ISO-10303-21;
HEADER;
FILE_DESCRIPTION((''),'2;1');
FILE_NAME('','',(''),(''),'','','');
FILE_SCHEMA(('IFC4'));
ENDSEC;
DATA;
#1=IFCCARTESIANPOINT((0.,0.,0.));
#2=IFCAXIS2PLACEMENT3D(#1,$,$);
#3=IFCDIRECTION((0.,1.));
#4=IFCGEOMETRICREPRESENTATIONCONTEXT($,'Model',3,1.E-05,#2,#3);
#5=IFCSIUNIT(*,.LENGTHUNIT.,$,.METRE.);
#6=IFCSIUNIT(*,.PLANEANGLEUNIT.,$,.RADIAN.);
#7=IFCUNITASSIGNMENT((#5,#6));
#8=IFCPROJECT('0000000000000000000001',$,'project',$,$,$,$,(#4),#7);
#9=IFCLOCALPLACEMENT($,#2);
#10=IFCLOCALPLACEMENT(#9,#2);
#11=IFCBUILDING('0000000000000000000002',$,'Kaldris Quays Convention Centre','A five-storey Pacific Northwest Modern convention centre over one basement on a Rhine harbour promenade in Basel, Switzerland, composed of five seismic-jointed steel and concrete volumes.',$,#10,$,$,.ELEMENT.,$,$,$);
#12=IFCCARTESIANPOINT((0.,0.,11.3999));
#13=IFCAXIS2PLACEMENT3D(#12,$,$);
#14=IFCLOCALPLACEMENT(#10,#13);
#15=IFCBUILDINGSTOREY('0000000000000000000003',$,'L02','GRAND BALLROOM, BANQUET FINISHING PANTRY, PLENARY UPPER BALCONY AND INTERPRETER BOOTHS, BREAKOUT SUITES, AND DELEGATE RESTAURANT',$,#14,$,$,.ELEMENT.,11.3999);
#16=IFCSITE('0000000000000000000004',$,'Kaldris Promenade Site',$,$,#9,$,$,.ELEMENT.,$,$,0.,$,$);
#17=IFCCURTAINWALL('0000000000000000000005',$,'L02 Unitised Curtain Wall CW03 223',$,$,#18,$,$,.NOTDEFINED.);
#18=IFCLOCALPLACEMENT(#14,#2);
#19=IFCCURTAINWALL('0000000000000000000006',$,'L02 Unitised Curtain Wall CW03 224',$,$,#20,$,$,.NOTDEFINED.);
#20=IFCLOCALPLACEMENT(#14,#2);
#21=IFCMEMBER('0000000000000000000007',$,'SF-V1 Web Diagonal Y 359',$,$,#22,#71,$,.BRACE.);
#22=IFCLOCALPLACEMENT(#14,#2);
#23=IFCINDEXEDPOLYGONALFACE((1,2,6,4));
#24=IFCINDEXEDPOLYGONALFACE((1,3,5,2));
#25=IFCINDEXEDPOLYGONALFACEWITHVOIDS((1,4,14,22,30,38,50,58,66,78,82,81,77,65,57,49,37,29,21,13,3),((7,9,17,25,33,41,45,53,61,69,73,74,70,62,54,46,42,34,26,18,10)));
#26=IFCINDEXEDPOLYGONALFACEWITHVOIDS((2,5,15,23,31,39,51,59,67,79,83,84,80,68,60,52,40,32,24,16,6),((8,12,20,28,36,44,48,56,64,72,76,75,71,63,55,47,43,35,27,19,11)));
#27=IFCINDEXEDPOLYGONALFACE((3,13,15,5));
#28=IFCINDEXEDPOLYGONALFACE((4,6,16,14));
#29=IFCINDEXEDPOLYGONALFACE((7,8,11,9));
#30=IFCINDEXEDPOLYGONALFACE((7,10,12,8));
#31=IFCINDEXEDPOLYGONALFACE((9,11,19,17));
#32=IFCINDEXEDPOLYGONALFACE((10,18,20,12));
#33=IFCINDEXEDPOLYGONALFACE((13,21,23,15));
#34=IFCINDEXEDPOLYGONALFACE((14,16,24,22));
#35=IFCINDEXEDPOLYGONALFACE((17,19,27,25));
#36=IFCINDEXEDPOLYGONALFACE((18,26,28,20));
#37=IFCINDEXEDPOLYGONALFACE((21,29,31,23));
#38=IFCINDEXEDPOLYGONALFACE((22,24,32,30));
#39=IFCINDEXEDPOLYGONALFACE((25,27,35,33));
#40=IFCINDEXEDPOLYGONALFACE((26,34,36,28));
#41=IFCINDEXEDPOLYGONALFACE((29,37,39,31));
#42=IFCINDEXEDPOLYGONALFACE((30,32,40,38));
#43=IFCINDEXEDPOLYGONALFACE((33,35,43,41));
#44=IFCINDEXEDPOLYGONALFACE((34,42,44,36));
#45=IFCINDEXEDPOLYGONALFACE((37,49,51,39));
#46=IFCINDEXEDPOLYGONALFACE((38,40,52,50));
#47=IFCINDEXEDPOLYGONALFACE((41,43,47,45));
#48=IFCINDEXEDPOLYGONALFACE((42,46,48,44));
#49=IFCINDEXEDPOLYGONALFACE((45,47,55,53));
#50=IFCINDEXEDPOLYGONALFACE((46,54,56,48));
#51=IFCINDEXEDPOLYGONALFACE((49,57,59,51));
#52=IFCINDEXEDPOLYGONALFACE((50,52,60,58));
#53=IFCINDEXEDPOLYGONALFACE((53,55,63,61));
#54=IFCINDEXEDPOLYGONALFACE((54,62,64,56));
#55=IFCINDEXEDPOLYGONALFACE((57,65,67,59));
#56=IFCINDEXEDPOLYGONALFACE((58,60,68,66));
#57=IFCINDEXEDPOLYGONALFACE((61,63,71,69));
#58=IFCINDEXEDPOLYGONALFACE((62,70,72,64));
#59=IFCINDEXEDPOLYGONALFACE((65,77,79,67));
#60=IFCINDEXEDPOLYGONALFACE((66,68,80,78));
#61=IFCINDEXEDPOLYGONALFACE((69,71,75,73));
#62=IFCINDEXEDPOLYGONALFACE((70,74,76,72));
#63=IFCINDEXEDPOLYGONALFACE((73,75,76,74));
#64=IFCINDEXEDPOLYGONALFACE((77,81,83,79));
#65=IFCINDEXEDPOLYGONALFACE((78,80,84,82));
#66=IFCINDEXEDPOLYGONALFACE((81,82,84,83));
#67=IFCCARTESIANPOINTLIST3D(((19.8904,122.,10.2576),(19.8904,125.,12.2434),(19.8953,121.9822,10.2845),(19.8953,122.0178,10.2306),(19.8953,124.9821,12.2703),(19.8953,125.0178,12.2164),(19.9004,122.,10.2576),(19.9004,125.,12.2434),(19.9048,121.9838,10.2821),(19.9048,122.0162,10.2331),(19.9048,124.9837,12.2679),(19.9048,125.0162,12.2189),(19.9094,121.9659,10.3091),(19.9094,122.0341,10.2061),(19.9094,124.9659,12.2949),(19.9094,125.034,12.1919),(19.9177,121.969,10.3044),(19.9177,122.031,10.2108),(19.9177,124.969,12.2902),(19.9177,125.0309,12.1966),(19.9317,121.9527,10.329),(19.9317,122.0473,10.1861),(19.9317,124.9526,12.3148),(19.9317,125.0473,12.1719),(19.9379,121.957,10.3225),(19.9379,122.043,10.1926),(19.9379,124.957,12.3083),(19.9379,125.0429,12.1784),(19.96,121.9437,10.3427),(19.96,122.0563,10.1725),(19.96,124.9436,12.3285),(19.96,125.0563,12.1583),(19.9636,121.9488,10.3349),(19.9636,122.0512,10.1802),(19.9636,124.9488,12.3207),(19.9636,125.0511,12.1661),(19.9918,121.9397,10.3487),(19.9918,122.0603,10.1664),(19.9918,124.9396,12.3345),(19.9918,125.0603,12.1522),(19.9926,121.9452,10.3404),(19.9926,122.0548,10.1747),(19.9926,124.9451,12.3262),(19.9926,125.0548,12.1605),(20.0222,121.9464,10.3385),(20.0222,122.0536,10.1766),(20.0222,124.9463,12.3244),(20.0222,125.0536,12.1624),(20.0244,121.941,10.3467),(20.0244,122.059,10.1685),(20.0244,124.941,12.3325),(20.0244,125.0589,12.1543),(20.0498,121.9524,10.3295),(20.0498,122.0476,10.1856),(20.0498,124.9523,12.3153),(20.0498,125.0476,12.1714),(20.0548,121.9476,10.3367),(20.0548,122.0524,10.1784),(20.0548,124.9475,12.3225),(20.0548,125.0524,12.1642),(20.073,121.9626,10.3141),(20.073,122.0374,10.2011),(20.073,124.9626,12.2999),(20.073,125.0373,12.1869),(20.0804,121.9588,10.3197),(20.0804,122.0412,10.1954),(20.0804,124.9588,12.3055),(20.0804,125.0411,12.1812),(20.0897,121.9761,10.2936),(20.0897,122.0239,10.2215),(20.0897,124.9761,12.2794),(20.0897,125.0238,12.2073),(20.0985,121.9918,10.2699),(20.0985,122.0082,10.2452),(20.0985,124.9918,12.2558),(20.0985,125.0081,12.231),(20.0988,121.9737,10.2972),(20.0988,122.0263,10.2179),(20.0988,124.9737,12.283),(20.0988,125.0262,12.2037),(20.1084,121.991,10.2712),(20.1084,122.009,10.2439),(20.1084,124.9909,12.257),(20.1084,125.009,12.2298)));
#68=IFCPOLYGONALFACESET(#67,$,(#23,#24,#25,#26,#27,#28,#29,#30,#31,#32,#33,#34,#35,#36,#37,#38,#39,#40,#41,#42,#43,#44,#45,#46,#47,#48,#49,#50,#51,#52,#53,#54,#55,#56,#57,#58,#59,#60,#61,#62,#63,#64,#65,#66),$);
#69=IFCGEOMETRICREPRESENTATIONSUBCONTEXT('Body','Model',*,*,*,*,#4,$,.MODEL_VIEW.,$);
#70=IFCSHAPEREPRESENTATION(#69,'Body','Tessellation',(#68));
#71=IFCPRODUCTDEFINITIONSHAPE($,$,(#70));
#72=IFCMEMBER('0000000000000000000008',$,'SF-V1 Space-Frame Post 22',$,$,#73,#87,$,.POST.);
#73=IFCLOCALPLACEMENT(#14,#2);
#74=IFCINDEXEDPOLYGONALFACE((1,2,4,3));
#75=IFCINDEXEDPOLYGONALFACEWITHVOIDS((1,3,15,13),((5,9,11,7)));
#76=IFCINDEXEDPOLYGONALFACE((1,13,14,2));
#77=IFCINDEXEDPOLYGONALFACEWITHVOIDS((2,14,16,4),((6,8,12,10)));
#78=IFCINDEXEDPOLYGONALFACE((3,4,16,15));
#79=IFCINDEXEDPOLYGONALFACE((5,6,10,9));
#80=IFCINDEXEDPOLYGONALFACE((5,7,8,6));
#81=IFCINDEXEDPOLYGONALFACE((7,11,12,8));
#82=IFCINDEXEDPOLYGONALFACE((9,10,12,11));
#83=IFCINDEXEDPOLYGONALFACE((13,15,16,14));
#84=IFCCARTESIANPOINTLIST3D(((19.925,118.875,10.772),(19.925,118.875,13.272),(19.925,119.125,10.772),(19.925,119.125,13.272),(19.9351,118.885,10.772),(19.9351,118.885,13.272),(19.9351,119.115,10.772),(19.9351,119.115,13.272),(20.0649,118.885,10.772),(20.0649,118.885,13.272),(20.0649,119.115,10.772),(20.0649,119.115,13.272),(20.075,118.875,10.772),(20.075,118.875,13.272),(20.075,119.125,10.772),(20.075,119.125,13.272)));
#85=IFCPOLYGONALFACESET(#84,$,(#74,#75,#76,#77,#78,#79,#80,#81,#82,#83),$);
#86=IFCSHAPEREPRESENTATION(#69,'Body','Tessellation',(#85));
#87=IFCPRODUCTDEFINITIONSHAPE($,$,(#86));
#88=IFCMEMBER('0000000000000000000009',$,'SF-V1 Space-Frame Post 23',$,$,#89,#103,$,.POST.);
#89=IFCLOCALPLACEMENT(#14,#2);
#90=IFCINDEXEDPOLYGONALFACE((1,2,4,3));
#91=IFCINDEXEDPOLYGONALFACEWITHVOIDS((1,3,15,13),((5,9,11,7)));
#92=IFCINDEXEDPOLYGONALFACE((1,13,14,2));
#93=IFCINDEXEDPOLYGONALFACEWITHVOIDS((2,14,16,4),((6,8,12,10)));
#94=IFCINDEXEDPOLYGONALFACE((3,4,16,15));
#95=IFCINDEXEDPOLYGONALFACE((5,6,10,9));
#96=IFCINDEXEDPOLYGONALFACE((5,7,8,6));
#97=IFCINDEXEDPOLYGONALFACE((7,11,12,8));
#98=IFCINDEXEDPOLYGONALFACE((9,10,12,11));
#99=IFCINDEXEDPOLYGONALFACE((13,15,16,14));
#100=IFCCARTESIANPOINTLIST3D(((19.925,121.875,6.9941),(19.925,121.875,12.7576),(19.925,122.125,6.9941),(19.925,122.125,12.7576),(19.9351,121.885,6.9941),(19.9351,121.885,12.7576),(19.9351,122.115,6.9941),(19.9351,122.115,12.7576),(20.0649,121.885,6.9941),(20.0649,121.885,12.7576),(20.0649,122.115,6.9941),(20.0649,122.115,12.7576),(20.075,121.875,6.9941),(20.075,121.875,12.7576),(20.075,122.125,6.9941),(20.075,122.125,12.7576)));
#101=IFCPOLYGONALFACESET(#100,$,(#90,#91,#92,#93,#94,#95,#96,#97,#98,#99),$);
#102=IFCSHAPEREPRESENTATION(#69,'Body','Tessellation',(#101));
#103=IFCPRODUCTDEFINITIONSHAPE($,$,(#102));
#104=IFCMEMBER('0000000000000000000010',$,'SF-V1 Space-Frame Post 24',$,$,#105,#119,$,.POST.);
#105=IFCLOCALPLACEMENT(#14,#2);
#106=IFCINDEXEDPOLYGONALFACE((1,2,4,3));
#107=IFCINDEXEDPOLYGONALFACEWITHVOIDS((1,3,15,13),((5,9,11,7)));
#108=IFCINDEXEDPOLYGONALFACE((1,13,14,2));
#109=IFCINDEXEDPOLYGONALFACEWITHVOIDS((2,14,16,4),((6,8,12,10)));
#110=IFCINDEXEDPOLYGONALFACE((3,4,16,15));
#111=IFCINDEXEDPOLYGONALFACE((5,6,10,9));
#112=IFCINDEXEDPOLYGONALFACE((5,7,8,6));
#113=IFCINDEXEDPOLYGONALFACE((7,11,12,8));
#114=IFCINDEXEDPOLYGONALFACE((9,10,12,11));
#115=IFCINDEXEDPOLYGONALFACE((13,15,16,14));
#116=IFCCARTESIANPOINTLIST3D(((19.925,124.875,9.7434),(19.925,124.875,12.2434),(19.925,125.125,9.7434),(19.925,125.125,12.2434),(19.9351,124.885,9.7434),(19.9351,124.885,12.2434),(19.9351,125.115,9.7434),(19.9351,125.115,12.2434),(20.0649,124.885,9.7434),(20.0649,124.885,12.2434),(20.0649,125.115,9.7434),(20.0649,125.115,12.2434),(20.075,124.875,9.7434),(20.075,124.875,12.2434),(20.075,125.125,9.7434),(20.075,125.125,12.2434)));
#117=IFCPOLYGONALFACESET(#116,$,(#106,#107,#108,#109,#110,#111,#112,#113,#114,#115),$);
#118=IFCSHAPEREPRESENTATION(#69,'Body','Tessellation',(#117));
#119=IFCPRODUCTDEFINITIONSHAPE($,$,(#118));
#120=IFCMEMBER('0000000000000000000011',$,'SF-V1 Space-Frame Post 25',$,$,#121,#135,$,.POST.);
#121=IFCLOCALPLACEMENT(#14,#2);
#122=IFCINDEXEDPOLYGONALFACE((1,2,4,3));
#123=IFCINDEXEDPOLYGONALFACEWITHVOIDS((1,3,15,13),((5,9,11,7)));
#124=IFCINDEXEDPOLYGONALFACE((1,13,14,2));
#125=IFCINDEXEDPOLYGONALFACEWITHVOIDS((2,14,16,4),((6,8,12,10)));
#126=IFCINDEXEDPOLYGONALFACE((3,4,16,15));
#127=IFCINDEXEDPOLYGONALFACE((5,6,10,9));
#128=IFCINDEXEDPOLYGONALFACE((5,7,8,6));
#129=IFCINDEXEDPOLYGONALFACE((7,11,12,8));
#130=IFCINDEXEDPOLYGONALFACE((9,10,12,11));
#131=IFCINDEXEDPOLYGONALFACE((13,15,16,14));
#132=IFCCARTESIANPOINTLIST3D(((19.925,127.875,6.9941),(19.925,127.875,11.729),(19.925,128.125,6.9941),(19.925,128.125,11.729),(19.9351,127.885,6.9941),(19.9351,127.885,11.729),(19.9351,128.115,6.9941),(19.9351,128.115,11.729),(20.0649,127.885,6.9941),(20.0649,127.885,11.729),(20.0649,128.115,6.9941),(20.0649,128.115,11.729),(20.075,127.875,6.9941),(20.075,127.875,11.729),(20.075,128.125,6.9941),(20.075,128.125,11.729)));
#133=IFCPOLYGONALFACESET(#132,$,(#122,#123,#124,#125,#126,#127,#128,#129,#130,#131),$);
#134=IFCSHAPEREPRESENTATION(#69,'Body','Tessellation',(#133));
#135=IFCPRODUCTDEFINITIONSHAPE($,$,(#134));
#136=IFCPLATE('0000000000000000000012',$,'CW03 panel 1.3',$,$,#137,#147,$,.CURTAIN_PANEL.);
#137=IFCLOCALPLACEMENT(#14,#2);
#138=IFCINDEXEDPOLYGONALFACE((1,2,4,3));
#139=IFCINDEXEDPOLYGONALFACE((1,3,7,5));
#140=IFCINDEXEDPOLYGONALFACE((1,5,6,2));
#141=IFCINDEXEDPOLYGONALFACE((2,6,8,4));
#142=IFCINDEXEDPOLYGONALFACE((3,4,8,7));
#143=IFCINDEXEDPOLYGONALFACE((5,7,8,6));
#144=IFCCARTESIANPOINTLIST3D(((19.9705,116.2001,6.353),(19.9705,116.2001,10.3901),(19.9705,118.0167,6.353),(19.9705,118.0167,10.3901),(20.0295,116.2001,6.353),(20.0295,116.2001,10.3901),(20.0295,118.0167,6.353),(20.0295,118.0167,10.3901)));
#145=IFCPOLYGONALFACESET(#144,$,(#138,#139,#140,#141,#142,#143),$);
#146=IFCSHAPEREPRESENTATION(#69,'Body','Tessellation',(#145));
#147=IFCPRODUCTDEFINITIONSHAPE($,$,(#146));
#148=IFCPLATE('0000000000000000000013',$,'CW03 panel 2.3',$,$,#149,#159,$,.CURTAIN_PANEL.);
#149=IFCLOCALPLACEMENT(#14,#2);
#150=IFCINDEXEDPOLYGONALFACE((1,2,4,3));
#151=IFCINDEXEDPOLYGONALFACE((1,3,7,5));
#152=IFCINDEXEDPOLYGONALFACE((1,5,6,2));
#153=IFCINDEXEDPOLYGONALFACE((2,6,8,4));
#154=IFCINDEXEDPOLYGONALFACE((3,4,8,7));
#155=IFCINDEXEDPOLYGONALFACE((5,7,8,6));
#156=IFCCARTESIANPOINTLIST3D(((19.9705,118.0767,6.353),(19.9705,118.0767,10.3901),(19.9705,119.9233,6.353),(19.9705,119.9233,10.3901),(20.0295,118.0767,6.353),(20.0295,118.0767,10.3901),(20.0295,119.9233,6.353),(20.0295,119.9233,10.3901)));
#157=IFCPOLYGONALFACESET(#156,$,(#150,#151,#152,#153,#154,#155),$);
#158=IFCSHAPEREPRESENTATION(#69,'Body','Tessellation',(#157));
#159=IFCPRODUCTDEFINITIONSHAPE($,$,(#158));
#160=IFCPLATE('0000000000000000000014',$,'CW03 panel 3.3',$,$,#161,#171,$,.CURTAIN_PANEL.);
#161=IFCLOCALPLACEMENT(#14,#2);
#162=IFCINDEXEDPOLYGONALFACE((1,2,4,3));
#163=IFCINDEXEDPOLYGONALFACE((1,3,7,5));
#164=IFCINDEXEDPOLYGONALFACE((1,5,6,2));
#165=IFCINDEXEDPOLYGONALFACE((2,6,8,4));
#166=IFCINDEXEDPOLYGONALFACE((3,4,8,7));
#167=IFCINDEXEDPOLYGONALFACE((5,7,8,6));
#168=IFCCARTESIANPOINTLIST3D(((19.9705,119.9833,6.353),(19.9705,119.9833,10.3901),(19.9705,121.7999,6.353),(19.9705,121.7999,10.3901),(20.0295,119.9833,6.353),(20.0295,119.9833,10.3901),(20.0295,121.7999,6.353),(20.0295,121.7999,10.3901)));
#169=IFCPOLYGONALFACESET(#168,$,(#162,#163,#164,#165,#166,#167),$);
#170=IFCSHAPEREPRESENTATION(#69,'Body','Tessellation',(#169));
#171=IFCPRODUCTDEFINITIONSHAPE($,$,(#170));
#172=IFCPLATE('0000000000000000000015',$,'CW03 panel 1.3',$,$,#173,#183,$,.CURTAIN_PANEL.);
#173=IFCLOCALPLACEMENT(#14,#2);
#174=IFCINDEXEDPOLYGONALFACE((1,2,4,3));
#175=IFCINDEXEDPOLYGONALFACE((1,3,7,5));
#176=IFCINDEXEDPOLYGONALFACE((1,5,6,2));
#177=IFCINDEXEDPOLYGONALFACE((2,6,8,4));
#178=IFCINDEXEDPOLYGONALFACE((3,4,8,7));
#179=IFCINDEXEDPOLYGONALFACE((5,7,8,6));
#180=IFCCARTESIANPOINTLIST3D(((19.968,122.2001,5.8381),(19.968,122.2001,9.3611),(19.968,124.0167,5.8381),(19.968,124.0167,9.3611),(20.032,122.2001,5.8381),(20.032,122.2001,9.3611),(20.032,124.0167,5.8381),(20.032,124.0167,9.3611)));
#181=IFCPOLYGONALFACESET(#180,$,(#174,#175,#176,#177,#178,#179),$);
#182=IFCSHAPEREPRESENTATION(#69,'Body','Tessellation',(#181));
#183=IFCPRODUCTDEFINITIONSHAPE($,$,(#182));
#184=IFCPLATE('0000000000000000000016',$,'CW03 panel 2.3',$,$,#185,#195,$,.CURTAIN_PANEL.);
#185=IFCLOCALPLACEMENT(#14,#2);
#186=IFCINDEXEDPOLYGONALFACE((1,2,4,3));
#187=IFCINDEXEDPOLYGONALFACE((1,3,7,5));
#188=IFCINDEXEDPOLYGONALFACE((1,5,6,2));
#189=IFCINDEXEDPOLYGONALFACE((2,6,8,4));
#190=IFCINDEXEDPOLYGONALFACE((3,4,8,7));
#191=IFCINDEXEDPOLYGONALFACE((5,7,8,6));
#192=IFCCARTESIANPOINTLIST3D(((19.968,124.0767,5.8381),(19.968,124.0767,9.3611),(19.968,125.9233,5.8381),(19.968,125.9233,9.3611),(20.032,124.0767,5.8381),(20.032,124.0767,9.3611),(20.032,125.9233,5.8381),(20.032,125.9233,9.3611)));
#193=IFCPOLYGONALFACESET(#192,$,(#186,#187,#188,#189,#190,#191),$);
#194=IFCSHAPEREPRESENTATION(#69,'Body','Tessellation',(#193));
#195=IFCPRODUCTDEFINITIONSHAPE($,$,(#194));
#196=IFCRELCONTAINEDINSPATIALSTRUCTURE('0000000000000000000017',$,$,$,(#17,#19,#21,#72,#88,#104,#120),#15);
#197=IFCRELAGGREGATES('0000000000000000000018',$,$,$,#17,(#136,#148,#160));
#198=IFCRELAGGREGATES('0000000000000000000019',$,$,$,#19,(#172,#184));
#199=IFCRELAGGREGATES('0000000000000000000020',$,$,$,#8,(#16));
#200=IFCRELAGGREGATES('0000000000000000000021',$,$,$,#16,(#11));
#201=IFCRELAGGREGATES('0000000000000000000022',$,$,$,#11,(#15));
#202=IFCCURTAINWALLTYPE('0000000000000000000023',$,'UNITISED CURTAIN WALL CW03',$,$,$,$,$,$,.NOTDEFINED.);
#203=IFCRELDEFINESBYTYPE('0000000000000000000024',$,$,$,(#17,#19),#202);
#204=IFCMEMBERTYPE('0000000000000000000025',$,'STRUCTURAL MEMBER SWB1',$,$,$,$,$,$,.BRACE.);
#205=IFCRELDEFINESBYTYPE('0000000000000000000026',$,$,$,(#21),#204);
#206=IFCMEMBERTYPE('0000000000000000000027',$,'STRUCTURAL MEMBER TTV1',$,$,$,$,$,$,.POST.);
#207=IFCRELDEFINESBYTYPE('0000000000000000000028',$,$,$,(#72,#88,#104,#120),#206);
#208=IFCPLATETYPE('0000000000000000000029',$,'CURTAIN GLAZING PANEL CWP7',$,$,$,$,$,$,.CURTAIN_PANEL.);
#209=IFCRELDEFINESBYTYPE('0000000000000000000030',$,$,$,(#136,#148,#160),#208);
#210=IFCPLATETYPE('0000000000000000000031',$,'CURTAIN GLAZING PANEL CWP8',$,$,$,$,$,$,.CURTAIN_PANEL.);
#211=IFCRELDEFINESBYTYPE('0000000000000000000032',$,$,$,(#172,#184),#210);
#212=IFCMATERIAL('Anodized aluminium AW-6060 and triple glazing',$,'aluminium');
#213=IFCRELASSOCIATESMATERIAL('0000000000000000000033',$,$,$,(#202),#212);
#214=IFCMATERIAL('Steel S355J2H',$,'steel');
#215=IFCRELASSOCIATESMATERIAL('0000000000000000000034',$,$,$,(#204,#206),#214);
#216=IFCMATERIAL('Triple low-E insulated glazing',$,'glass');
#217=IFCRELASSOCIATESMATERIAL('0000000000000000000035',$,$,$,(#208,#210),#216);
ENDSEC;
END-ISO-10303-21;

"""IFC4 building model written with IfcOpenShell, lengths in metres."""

from ifc_helpers import new_model, si_unit, direction, frame, origin, origin_2d, place, context, subcontext, project, spatial, rectangle, hollow_rectangle, hollow_circle, extrude, material, material_profile, profile_set, type_object, element, aggregate, save


model = new_model("IFC4")

# Units and contexts
model_context = context("Model", 3, precision=1e-05, world=origin(), true_north=direction((0.0, 1.0)))
body_context = subcontext(model_context, "Body", "Model", "MODEL_VIEW")
ifc_project = project(units=[si_unit("LENGTHUNIT", "METRE"), si_unit("PLANEANGLEUNIT", "RADIAN")], contexts=[model_context])

# Site, building, storey
site_placement = place(None, origin())
site = spatial("IfcSite", under=ifc_project, at=site_placement, Name="Kaldris Promenade Site", CompositionType="ELEMENT", RefElevation=0.0)
building_placement = place(site_placement, origin())
building = spatial("IfcBuilding", under=site, at=building_placement, Name="Kaldris Quays Convention Centre", Description="A five-storey Pacific Northwest Modern convention centre over one basement on a Rhine harbour promenade in Basel, Switzerland, composed of five seismic-jointed steel and concrete volumes.", CompositionType="ELEMENT")
storey_placement = place(building_placement, frame((0.0, 0.0, 11.3999)))
storey = spatial("IfcBuildingStorey", under=building, at=storey_placement, Name="L02", Description="GRAND BALLROOM, BANQUET FINISHING PANTRY, PLENARY UPPER BALCONY AND INTERPRETER BOOTHS, BREAKOUT SUITES, AND DELEGATE RESTAURANT", CompositionType="ELEMENT", Elevation=11.3999)

# Curtain walls
ifc_material_1 = material(Name="Anodized aluminium AW-6060 and triple glazing", Category="aluminium")
curtain_wall_type = type_object("IfcCurtainWallType", Name="UNITISED CURTAIN WALL CW03", PredefinedType="NOTDEFINED", material=ifc_material_1)
curtain_wall_1_placement = place(storey_placement, origin())
curtain_wall_1 = element("IfcCurtainWall", 1, at=curtain_wall_1_placement, inside=storey, type_object=curtain_wall_type, Name="L02 Unitised Curtain Wall CW03 223", PredefinedType="NOTDEFINED")
curtain_wall_2_placement = place(storey_placement, origin())
curtain_wall_2 = element("IfcCurtainWall", 2, at=curtain_wall_2_placement, inside=storey, type_object=curtain_wall_type, Name="L02 Unitised Curtain Wall CW03 224", PredefinedType="NOTDEFINED")

# Members
ifc_material_2 = material(Name="Steel S355J2H", Category="steel")
ifc_material_profile_1 = material_profile(ifc_material_2, hollow_circle(Radius=0.1096, WallThickness=0.01, at=origin_2d()), Name="CHS 219.1x10")
ifc_profile_set_1 = profile_set([ifc_material_profile_1], Name="Steel S355J2H")
member_type_1 = type_object("IfcMemberType", Name="STRUCTURAL MEMBER SWB1", PredefinedType="BRACE", material=ifc_profile_set_1)
member_1_placement = place(storey_placement, frame((20.0, 122.0, 10.2576), z_axis=(0.0, 0.833862, 0.551972), x_axis=(-1.0, 0.0, 0.0)))
element("IfcMember", 3, at=member_1_placement, inside=storey, type_object=member_type_1, Name="SF-V1 Web Diagonal Y 359", PredefinedType="BRACE", context=body_context, shape_type="SweptSolid", body=[
    extrude(hollow_circle(Radius=0.1096, WallThickness=0.01, at=origin_2d()), origin(), (0.0, 0.0, 1.0), 3.5977),
])
ifc_material_profile_2 = material_profile(ifc_material_2, hollow_rectangle(XDim=0.1499, YDim=0.25, WallThickness=0.01, at=origin_2d()), Name="RHS 250x150x10")
ifc_profile_set_2 = profile_set([ifc_material_profile_2], Name="Steel S355J2H")
member_type_2 = type_object("IfcMemberType", Name="STRUCTURAL MEMBER TTV1", PredefinedType="POST", material=ifc_profile_set_2)
member_2_placement = place(storey_placement, frame((20.0, 119.0, 10.772), z_axis=(0.0, 0.0, 1.0), x_axis=(1.0, 0.0, 0.0)))
element("IfcMember", 4, at=member_2_placement, inside=storey, type_object=member_type_2, Name="SF-V1 Space-Frame Post 22", PredefinedType="POST", context=body_context, shape_type="SweptSolid", body=[
    extrude(hollow_rectangle(XDim=0.1499, YDim=0.25, WallThickness=0.01, at=origin_2d()), origin(), (0.0, 0.0, 1.0), 2.5),
])
member_3_placement = place(storey_placement, frame((20.0, 122.0, 6.9941), z_axis=(0.0, 0.0, 1.0), x_axis=(1.0, 0.0, 0.0)))
element("IfcMember", 5, at=member_3_placement, inside=storey, type_object=member_type_2, Name="SF-V1 Space-Frame Post 23", PredefinedType="POST", context=body_context, shape_type="SweptSolid", body=[
    extrude(hollow_rectangle(XDim=0.1499, YDim=0.25, WallThickness=0.01, at=origin_2d()), origin(), (0.0, 0.0, 1.0), 5.7634),
])
member_4_placement = place(storey_placement, frame((20.0, 125.0, 9.7434), z_axis=(0.0, 0.0, 1.0), x_axis=(1.0, 0.0, 0.0)))
element("IfcMember", 6, at=member_4_placement, inside=storey, type_object=member_type_2, Name="SF-V1 Space-Frame Post 24", PredefinedType="POST", context=body_context, shape_type="SweptSolid", body=[
    extrude(hollow_rectangle(XDim=0.1499, YDim=0.25, WallThickness=0.01, at=origin_2d()), origin(), (0.0, 0.0, 1.0), 2.5),
])
member_5_placement = place(storey_placement, frame((20.0, 128.0, 6.9941), z_axis=(0.0, 0.0, 1.0), x_axis=(1.0, 0.0, 0.0)))
element("IfcMember", 7, at=member_5_placement, inside=storey, type_object=member_type_2, Name="SF-V1 Space-Frame Post 25", PredefinedType="POST", context=body_context, shape_type="SweptSolid", body=[
    extrude(hollow_rectangle(XDim=0.1499, YDim=0.25, WallThickness=0.01, at=origin_2d()), origin(), (0.0, 0.0, 1.0), 4.7349),
])

# Plates
ifc_material_3 = material(Name="Triple low-E insulated glazing", Category="glass")
plate_type_1 = type_object("IfcPlateType", Name="CURTAIN GLAZING PANEL CWP7", PredefinedType="CURTAIN_PANEL", material=ifc_material_3)
plate_1_placement = place(storey_placement, frame((20.0, 117.1084, 6.353), z_axis=(0.0, 0.0, 1.0), x_axis=(0.0, 1.0, 0.0)))
plate_1 = element("IfcPlate", 8, at=plate_1_placement, type_object=plate_type_1, Name="CW03 panel 1.3", PredefinedType="CURTAIN_PANEL", context=body_context, shape_type="SweptSolid", body=[
    extrude(rectangle(XDim=1.8167, YDim=0.0591, at=origin_2d()), origin(), (0.0, 0.0, 1.0), 4.0371),
])
plate_2_placement = place(storey_placement, frame((20.0, 119.0, 6.353), z_axis=(0.0, 0.0, 1.0), x_axis=(0.0, 1.0, 0.0)))
plate_2 = element("IfcPlate", 9, at=plate_2_placement, type_object=plate_type_1, Name="CW03 panel 2.3", PredefinedType="CURTAIN_PANEL", context=body_context, shape_type="SweptSolid", body=[
    extrude(rectangle(XDim=1.8467, YDim=0.0591, at=origin_2d()), origin(), (0.0, 0.0, 1.0), 4.0371),
])
plate_3_placement = place(storey_placement, frame((20.0, 120.8916, 6.353), z_axis=(0.0, 0.0, 1.0), x_axis=(0.0, 1.0, 0.0)))
plate_3 = element("IfcPlate", 10, at=plate_3_placement, type_object=plate_type_1, Name="CW03 panel 3.3", PredefinedType="CURTAIN_PANEL", context=body_context, shape_type="SweptSolid", body=[
    extrude(rectangle(XDim=1.8167, YDim=0.0591, at=origin_2d()), origin(), (0.0, 0.0, 1.0), 4.0371),
])
aggregate(curtain_wall_1, [plate_1, plate_2, plate_3])
plate_type_2 = type_object("IfcPlateType", Name="CURTAIN GLAZING PANEL CWP8", PredefinedType="CURTAIN_PANEL", material=ifc_material_3)
plate_4_placement = place(storey_placement, frame((20.0, 123.1084, 5.8381), z_axis=(0.0, 0.0, 1.0), x_axis=(0.0, 1.0, 0.0)))
plate_4 = element("IfcPlate", 11, at=plate_4_placement, type_object=plate_type_2, Name="CW03 panel 1.3", PredefinedType="CURTAIN_PANEL", context=body_context, shape_type="SweptSolid", body=[
    extrude(rectangle(XDim=1.8167, YDim=0.064, at=origin_2d()), origin(), (0.0, 0.0, 1.0), 3.5229),
])
plate_5_placement = place(storey_placement, frame((20.0, 125.0, 5.8381), z_axis=(0.0, 0.0, 1.0), x_axis=(0.0, 1.0, 0.0)))
plate_5 = element("IfcPlate", 12, at=plate_5_placement, type_object=plate_type_2, Name="CW03 panel 2.3", PredefinedType="CURTAIN_PANEL", context=body_context, shape_type="SweptSolid", body=[
    extrude(rectangle(XDim=1.8467, YDim=0.064, at=origin_2d()), origin(), (0.0, 0.0, 1.0), 3.5229),
])
aggregate(curtain_wall_2, [plate_4, plate_5])

save(model, "model.ifc")
